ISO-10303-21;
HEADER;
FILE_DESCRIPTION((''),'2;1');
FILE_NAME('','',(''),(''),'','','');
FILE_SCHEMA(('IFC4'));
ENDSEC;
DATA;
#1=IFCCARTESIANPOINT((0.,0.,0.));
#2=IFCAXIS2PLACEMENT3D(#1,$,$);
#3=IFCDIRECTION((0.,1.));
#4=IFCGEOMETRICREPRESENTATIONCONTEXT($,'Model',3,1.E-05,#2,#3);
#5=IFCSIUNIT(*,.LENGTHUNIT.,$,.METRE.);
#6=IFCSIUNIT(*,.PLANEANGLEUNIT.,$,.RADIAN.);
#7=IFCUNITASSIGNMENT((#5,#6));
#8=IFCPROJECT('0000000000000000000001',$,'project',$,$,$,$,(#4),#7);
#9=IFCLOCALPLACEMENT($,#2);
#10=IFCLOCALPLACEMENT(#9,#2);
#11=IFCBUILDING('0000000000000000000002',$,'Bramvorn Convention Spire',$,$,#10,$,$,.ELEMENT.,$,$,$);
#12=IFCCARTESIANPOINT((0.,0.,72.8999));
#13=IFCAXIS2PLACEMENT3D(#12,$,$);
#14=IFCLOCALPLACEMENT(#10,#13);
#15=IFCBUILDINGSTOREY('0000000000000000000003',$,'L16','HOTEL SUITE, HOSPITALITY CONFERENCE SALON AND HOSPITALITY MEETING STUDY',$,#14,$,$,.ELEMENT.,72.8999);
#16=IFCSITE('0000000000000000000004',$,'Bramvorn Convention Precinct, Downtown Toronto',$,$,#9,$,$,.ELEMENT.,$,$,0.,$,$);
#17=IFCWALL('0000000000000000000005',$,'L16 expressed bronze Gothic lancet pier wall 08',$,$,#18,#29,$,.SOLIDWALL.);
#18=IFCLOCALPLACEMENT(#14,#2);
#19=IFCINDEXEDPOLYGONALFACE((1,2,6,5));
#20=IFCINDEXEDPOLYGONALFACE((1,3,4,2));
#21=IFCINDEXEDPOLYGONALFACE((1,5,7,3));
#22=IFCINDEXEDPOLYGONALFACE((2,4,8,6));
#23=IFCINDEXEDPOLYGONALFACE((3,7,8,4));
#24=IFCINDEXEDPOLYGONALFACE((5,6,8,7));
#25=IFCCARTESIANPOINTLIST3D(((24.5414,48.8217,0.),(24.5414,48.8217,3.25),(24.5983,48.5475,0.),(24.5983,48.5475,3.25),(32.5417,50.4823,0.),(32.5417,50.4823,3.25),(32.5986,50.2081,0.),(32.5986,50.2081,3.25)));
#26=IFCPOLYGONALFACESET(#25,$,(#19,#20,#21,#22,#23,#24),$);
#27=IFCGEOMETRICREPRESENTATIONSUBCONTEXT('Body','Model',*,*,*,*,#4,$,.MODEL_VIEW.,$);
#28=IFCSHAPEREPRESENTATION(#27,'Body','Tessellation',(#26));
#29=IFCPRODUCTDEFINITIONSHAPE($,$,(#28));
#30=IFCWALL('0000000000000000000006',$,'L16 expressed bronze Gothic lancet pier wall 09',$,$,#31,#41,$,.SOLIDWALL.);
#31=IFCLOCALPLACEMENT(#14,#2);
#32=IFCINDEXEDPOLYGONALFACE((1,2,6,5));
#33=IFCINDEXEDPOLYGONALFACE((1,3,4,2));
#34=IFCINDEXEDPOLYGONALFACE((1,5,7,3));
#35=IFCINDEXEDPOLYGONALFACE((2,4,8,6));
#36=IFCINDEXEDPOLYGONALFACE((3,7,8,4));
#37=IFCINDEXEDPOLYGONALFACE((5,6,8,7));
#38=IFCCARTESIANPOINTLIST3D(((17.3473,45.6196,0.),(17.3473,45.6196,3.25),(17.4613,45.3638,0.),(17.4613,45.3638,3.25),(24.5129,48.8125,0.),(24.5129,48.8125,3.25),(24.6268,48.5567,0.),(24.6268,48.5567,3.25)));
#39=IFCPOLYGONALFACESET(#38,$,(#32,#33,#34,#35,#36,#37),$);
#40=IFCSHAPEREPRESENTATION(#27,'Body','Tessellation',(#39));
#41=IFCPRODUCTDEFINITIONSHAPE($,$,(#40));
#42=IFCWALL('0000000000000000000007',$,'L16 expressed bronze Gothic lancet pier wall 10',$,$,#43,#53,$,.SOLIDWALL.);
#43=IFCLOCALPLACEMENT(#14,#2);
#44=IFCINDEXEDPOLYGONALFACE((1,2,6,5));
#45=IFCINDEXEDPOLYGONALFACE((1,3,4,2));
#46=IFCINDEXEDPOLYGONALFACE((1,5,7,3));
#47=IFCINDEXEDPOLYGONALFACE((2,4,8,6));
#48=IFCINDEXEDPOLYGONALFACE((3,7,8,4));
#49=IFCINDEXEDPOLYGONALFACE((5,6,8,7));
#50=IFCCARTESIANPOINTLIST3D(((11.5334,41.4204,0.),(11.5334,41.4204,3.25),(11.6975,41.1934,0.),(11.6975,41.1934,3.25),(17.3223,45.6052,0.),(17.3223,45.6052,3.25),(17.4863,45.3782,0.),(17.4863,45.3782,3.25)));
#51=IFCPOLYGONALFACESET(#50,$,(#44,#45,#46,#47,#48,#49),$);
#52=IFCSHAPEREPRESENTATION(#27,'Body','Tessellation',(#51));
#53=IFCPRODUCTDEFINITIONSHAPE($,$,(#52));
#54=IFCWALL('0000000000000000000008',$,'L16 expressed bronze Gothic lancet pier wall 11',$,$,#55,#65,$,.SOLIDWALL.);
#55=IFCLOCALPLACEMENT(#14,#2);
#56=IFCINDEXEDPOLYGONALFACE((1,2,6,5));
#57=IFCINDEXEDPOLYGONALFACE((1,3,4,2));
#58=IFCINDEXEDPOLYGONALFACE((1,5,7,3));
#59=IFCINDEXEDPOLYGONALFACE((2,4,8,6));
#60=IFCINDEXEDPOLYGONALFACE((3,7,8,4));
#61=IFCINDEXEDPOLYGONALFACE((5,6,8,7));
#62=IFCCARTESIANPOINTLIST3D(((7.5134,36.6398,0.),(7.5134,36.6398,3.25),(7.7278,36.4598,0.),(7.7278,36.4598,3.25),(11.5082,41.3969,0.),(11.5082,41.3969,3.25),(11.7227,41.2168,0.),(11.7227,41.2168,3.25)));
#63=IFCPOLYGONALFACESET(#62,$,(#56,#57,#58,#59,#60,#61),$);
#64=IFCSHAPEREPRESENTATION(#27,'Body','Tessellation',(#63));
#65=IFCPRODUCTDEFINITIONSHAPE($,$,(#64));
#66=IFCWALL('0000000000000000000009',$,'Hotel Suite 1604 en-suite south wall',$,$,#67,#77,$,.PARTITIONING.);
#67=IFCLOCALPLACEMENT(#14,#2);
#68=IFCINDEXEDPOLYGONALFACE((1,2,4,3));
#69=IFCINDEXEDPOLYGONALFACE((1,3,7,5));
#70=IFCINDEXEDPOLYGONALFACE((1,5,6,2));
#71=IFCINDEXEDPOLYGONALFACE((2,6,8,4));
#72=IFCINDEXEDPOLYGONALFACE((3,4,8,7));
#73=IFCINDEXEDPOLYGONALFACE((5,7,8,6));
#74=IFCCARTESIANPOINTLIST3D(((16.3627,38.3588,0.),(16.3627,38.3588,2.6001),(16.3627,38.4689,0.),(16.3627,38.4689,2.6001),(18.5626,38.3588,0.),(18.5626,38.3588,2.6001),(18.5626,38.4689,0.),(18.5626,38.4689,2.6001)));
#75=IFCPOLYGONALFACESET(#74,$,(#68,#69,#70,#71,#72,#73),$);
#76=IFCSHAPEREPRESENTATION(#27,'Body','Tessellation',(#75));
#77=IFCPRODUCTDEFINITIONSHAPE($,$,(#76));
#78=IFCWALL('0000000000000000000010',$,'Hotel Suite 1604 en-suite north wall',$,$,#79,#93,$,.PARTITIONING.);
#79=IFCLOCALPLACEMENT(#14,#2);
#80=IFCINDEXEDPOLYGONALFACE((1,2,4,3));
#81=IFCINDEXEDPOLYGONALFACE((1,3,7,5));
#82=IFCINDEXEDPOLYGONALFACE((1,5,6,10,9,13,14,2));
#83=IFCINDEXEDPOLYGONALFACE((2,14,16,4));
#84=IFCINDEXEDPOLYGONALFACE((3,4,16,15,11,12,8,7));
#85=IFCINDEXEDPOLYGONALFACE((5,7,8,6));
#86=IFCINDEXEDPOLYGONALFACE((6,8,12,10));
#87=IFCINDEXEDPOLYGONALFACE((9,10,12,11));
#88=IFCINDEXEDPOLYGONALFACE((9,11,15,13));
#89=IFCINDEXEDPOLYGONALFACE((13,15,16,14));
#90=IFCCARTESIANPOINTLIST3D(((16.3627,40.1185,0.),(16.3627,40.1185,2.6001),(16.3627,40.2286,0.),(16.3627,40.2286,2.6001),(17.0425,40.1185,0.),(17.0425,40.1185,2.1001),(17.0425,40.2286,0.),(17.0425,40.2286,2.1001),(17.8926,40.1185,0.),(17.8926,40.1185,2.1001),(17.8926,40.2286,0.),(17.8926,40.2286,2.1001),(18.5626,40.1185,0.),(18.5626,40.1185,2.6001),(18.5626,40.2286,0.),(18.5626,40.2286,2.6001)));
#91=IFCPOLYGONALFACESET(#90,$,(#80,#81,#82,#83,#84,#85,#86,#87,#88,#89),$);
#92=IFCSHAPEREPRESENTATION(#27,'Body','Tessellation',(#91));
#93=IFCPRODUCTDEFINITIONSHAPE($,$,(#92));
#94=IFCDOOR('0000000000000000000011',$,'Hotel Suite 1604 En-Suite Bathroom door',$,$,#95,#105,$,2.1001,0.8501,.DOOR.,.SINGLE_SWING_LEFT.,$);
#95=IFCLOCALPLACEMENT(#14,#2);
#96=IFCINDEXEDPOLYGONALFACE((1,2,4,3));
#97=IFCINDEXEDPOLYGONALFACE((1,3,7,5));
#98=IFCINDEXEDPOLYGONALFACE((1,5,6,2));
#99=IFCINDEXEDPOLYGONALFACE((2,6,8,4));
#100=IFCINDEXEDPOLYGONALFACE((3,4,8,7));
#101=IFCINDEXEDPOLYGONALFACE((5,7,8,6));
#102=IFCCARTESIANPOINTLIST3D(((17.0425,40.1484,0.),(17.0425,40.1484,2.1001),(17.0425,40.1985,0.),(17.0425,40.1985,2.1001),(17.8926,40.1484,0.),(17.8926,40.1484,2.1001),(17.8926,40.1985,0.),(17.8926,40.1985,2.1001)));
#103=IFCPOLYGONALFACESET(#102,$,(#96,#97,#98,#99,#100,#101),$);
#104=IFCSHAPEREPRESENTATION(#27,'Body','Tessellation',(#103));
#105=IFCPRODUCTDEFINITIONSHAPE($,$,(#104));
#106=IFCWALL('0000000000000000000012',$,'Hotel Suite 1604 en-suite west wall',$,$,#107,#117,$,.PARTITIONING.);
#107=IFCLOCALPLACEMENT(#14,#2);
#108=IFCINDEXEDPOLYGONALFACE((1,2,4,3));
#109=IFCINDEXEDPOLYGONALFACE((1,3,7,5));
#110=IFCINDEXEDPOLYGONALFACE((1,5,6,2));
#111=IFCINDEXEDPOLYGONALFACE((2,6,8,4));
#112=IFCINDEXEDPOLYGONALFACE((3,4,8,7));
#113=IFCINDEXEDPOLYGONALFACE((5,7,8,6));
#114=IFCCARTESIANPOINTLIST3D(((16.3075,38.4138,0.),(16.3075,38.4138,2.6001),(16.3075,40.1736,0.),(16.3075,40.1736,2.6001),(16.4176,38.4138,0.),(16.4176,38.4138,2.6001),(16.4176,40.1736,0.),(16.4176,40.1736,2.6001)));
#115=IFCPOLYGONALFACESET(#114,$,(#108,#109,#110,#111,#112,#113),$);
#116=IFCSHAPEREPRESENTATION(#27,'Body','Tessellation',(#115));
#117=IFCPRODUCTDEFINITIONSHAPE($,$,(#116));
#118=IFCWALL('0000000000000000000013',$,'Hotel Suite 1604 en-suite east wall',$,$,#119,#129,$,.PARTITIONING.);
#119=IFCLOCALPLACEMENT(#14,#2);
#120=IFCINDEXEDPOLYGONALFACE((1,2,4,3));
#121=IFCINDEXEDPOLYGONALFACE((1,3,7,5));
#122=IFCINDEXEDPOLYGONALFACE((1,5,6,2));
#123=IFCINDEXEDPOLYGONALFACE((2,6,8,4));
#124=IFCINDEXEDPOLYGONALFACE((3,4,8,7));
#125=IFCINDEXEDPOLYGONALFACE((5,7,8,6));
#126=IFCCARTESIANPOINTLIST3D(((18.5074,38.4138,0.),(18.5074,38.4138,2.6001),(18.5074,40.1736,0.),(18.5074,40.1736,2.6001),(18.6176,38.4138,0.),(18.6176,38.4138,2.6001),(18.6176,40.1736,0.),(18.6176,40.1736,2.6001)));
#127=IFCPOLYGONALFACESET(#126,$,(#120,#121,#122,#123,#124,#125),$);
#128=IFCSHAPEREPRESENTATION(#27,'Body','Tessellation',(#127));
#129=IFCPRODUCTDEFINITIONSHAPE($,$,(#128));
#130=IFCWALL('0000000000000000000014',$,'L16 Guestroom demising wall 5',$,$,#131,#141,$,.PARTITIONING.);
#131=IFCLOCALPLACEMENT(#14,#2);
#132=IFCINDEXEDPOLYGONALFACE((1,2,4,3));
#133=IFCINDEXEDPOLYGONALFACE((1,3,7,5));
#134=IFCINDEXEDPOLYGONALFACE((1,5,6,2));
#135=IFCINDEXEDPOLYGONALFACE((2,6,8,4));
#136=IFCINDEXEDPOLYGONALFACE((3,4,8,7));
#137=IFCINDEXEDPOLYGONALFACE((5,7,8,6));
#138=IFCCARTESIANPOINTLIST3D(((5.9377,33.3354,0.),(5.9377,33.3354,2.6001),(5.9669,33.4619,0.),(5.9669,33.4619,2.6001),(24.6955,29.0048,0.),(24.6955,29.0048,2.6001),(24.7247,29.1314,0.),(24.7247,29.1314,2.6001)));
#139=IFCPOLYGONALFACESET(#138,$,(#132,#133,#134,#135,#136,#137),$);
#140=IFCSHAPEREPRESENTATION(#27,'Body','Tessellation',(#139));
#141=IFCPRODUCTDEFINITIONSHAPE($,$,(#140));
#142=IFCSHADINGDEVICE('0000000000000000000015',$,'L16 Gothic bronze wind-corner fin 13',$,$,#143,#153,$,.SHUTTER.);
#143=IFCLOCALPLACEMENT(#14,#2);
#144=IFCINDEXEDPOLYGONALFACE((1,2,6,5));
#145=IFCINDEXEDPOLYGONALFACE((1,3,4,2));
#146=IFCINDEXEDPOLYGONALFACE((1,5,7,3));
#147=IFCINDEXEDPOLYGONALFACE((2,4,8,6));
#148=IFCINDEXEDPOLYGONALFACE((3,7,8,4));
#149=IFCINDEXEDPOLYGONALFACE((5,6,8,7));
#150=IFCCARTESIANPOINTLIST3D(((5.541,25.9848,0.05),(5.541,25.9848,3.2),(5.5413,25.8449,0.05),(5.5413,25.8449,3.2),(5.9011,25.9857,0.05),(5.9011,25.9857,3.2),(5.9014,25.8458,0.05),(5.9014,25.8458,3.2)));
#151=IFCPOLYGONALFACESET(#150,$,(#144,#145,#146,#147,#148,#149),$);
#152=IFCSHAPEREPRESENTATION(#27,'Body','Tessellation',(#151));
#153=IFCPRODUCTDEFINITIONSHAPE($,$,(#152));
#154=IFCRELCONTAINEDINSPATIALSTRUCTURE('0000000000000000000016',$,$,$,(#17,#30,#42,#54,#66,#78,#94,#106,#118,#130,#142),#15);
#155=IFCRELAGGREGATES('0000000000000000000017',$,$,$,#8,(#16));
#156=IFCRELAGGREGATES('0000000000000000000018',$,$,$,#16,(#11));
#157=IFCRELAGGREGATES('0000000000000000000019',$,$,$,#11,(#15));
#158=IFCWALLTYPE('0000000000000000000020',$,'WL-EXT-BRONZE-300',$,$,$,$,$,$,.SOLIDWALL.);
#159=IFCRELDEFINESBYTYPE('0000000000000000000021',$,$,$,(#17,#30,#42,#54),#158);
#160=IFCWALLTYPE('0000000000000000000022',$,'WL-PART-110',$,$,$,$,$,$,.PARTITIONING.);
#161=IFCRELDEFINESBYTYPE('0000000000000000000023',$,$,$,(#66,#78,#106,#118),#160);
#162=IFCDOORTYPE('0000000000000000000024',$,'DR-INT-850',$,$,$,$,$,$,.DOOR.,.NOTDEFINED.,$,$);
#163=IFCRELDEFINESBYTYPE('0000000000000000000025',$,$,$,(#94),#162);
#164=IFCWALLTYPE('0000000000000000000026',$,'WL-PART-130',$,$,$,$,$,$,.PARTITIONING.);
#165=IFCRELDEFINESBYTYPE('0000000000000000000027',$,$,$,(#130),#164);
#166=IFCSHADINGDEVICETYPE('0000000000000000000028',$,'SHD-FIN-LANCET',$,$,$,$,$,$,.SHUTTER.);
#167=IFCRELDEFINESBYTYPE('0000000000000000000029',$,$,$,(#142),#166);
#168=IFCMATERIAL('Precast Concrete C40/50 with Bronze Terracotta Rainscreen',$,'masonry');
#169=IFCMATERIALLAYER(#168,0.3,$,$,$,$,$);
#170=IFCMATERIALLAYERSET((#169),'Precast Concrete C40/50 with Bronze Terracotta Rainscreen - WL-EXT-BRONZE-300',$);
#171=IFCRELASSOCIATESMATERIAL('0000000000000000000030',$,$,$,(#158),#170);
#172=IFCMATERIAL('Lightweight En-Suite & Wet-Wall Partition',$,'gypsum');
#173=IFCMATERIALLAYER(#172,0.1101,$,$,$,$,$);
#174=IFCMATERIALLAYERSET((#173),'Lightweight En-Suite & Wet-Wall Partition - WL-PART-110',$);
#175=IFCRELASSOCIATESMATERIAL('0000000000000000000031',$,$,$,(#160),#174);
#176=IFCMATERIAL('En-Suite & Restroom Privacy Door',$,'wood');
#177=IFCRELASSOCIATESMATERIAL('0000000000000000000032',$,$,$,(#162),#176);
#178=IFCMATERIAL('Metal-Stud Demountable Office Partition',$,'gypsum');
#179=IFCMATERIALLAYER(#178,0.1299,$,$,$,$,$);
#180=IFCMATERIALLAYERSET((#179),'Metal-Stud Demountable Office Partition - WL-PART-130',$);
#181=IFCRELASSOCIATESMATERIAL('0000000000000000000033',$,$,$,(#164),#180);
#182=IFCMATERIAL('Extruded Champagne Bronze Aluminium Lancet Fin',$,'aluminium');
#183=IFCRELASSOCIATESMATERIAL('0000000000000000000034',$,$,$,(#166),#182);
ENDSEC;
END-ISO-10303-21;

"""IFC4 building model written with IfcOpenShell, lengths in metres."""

from ifc_helpers import new_model, si_unit, direction, frame, frame_2d, origin, origin_2d, place, context, subcontext, project, spatial, rectangle, extrude, material, layer, layer_set, type_object, element, fill, save


model = new_model("IFC4")

# Units and contexts
model_context = context("Model", 3, precision=1e-05, world=origin(), true_north=direction((0.0, 1.0)))
body_context = subcontext(model_context, "Body", "Model", "MODEL_VIEW")
ifc_project = project(units=[si_unit("LENGTHUNIT", "METRE"), si_unit("PLANEANGLEUNIT", "RADIAN")], contexts=[model_context])

# Site, building, storey
site_placement = place(None, origin())
site = spatial("IfcSite", under=ifc_project, at=site_placement, Name="Bramvorn Convention Precinct, Downtown Toronto", CompositionType="ELEMENT", RefElevation=0.0)
building_placement = place(site_placement, origin())
building = spatial("IfcBuilding", under=site, at=building_placement, Name="Bramvorn Convention Spire", CompositionType="ELEMENT")
storey_placement = place(building_placement, frame((0.0, 0.0, 72.8999)))
storey = spatial("IfcBuildingStorey", under=building, at=storey_placement, Name="L16", Description="HOTEL SUITE, HOSPITALITY CONFERENCE SALON AND HOSPITALITY MEETING STUDY", CompositionType="ELEMENT", Elevation=72.8999)

# Walls
ifc_material_1 = material(Name="Precast Concrete C40/50 with Bronze Terracotta Rainscreen", Category="masonry")
ifc_layer_1 = layer(ifc_material_1, 0.3)
ifc_layer_set_1 = layer_set([ifc_layer_1], Name="Precast Concrete C40/50 with Bronze Terracotta Rainscreen - WL-EXT-BRONZE-300")
wall_type_1 = type_object("IfcWallType", Name="WL-EXT-BRONZE-300", PredefinedType="SOLIDWALL", material=ifc_layer_set_1)
wall_1_placement = place(storey_placement, frame((24.5698, 48.6846, 0.0), z_axis=(0.0, 0.0, 1.0), x_axis=(0.979129, 0.203242, 0.0)))
element("IfcWall", 1, at=wall_1_placement, inside=storey, type_object=wall_type_1, Name="L16 expressed bronze Gothic lancet pier wall 08", PredefinedType="SOLIDWALL", context=body_context, shape_type="SweptSolid", body=[
    extrude(rectangle(XDim=8.1709, YDim=0.28, at=frame_2d((4.0854, 0.0))), origin(), (0.0, 0.0, 1.0), 3.25),
])
wall_2_placement = place(storey_placement, frame((17.4043, 45.4917, 0.0), z_axis=(0.0, 0.0, 1.0), x_axis=(0.913424, 0.40701, 0.0)))
element("IfcWall", 2, at=wall_2_placement, inside=storey, type_object=wall_type_1, Name="L16 expressed bronze Gothic lancet pier wall 09", PredefinedType="SOLIDWALL", context=body_context, shape_type="SweptSolid", body=[
    extrude(rectangle(XDim=7.8447, YDim=0.28, at=frame_2d((3.9224, 0.0))), origin(), (0.0, 0.0, 1.0), 3.25),
])
wall_3_placement = place(storey_placement, frame((11.6155, 41.3069, 0.0), z_axis=(0.0, 0.0, 1.0), x_axis=(0.810413, 0.585859, 0.0)))
element("IfcWall", 3, at=wall_3_placement, inside=storey, type_object=wall_type_1, Name="L16 expressed bronze Gothic lancet pier wall 10", PredefinedType="SOLIDWALL", context=body_context, shape_type="SweptSolid", body=[
    extrude(rectangle(XDim=7.1431, YDim=0.28, at=frame_2d((3.5715, 0.0))), origin(), (0.0, 0.0, 1.0), 3.25),
])
wall_4_placement = place(storey_placement, frame((7.6206, 36.5498, 0.0), z_axis=(0.0, 0.0, 1.0), x_axis=(0.643091, 0.76579, 0.0)))
element("IfcWall", 4, at=wall_4_placement, inside=storey, type_object=wall_type_1, Name="L16 expressed bronze Gothic lancet pier wall 11", PredefinedType="SOLIDWALL", context=body_context, shape_type="SweptSolid", body=[
    extrude(rectangle(XDim=6.2119, YDim=0.28, at=frame_2d((3.106, 0.0))), origin(), (0.0, 0.0, 1.0), 3.25),
])
ifc_material_2 = material(Name="Lightweight En-Suite & Wet-Wall Partition", Category="gypsum")
ifc_layer_2 = layer(ifc_material_2, 0.1101)
ifc_layer_set_2 = layer_set([ifc_layer_2], Name="Lightweight En-Suite & Wet-Wall Partition - WL-PART-110")
wall_type_2 = type_object("IfcWallType", Name="WL-PART-110", PredefinedType="PARTITIONING", material=ifc_layer_set_2)
wall_5_placement = place(storey_placement, frame((16.3625, 38.4138, 0.0), z_axis=(0.0, 0.0, 1.0), x_axis=(1.0, 0.0, 0.0)))
element("IfcWall", 5, at=wall_5_placement, inside=storey, type_object=wall_type_2, Name="Hotel Suite 1604 en-suite south wall", PredefinedType="PARTITIONING", context=body_context, shape_type="SweptSolid", body=[
    extrude(rectangle(XDim=2.2, YDim=0.1101, at=frame_2d((1.1001, 0.0))), origin(), (0.0, 0.0, 1.0), 2.6001),
])

# Wall, opening, door
wall_6_placement = place(storey_placement, frame((16.3625, 40.1736, 0.0), z_axis=(0.0, 0.0, 1.0), x_axis=(1.0, 0.0, 0.0)))
wall_6 = element("IfcWall", 6, at=wall_6_placement, inside=storey, type_object=wall_type_2, Name="Hotel Suite 1604 en-suite north wall", PredefinedType="PARTITIONING", context=body_context, shape_type="SweptSolid", body=[
    extrude(rectangle(XDim=2.2, YDim=0.1101, at=frame_2d((1.1001, 0.0))), origin(), (0.0, 0.0, 1.0), 2.6001),
])
opening_placement = place(wall_6_placement, frame((0.6799, 0.0, 0.0)))
opening = element("IfcOpeningElement", 7, at=opening_placement, cuts=wall_6, PredefinedType="OPENING", context=body_context, shape_type="SweptSolid", body=[
    extrude(rectangle(XDim=0.8501, YDim=2.1001, at=frame_2d((0.425, 1.05))), frame((0.0, 0.0649, 0.0), z_axis=(0.0, -1.0, 0.0), x_axis=(1.0, 0.0, 0.0)), (0.0, 0.0, 1.0), 0.1301),
])
ifc_material_3 = material(Name="En-Suite & Restroom Privacy Door", Category="wood")
door_type = type_object("IfcDoorType", Name="DR-INT-850", OperationType="NOTDEFINED", PredefinedType="DOOR", material=ifc_material_3)
door_placement = place(opening_placement, origin())
door = element("IfcDoor", 8, at=door_placement, inside=storey, type_object=door_type, Name="Hotel Suite 1604 En-Suite Bathroom door", OperationType="SINGLE_SWING_LEFT", OverallHeight=2.1001, OverallWidth=0.8501, PredefinedType="DOOR", context=body_context, shape_type="SweptSolid", body=[
    extrude(rectangle(XDim=0.8501, YDim=2.1001, at=frame_2d((0.425, 1.05))), frame((0.0, 0.0249, 0.0), z_axis=(0.0, -1.0, 0.0), x_axis=(1.0, 0.0, 0.0)), (0.0, 0.0, 1.0), 0.05),
])
fill(opening, door)

# Walls
for number, where, z_axis, x_axis, name in (
    (9, (16.3625, 38.4138, 0.0), (0.0, 0.0, 1.0), (0.0, 1.0, 0.0), "Hotel Suite 1604 en-suite west wall"),
    (10, (18.5625, 38.4138, 0.0), (0.0, 0.0, 1.0), (0.0, 1.0, 0.0), "Hotel Suite 1604 en-suite east wall"),
):
    element("IfcWall", number, at=place(storey_placement, frame(where, z_axis=z_axis, x_axis=x_axis)), inside=storey, type_object=wall_type_2, Name=name, PredefinedType="PARTITIONING", context=body_context, shape_type="SweptSolid", body=[
        extrude(rectangle(XDim=1.7598, YDim=0.1101, at=frame_2d((0.8799, 0.0))), origin(), (0.0, 0.0, 1.0), 2.6001),
    ])
ifc_material_4 = material(Name="Metal-Stud Demountable Office Partition", Category="gypsum")
ifc_layer_3 = layer(ifc_material_4, 0.1299)
ifc_layer_set_3 = layer_set([ifc_layer_3], Name="Metal-Stud Demountable Office Partition - WL-PART-130")
wall_type_3 = type_object("IfcWallType", Name="WL-PART-130", PredefinedType="PARTITIONING", material=ifc_layer_set_3)
wall_7_placement = place(storey_placement, frame((24.71, 29.0681, 0.0), z_axis=(0.0, 0.0, 1.0), x_axis=(-0.97437, 0.22495, 0.0)))
element("IfcWall", 11, at=wall_7_placement, inside=storey, type_object=wall_type_3, Name="L16 Guestroom demising wall 5", PredefinedType="PARTITIONING", context=body_context, shape_type="SweptSolid", body=[
    extrude(rectangle(XDim=19.2512, YDim=0.1299, at=frame_2d((9.6255, 0.0))), origin(), (0.0, 0.0, 1.0), 2.6001),
])

# Shading device
ifc_material_5 = material(Name="Extruded Champagne Bronze Aluminium Lancet Fin", Category="aluminium")
shading_device_type = type_object("IfcShadingDeviceType", Name="SHD-FIN-LANCET", PredefinedType="SHUTTER", material=ifc_material_5)
shading_device_placement = place(storey_placement, frame((5.7212, 25.9153, 0.05), z_axis=(0.0, 0.0, 1.0), x_axis=(-0.999997, -0.002628, 0.0)))
element("IfcShadingDevice", 12, at=shading_device_placement, inside=storey, type_object=shading_device_type, Name="L16 Gothic bronze wind-corner fin 13", PredefinedType="SHUTTER", context=body_context, shape_type="SweptSolid", body=[
    extrude(rectangle(XDim=0.3601, YDim=0.1399, at=origin_2d()), origin(), (0.0, 0.0, 1.0), 3.1499),
])

save(model, "model.ifc")
